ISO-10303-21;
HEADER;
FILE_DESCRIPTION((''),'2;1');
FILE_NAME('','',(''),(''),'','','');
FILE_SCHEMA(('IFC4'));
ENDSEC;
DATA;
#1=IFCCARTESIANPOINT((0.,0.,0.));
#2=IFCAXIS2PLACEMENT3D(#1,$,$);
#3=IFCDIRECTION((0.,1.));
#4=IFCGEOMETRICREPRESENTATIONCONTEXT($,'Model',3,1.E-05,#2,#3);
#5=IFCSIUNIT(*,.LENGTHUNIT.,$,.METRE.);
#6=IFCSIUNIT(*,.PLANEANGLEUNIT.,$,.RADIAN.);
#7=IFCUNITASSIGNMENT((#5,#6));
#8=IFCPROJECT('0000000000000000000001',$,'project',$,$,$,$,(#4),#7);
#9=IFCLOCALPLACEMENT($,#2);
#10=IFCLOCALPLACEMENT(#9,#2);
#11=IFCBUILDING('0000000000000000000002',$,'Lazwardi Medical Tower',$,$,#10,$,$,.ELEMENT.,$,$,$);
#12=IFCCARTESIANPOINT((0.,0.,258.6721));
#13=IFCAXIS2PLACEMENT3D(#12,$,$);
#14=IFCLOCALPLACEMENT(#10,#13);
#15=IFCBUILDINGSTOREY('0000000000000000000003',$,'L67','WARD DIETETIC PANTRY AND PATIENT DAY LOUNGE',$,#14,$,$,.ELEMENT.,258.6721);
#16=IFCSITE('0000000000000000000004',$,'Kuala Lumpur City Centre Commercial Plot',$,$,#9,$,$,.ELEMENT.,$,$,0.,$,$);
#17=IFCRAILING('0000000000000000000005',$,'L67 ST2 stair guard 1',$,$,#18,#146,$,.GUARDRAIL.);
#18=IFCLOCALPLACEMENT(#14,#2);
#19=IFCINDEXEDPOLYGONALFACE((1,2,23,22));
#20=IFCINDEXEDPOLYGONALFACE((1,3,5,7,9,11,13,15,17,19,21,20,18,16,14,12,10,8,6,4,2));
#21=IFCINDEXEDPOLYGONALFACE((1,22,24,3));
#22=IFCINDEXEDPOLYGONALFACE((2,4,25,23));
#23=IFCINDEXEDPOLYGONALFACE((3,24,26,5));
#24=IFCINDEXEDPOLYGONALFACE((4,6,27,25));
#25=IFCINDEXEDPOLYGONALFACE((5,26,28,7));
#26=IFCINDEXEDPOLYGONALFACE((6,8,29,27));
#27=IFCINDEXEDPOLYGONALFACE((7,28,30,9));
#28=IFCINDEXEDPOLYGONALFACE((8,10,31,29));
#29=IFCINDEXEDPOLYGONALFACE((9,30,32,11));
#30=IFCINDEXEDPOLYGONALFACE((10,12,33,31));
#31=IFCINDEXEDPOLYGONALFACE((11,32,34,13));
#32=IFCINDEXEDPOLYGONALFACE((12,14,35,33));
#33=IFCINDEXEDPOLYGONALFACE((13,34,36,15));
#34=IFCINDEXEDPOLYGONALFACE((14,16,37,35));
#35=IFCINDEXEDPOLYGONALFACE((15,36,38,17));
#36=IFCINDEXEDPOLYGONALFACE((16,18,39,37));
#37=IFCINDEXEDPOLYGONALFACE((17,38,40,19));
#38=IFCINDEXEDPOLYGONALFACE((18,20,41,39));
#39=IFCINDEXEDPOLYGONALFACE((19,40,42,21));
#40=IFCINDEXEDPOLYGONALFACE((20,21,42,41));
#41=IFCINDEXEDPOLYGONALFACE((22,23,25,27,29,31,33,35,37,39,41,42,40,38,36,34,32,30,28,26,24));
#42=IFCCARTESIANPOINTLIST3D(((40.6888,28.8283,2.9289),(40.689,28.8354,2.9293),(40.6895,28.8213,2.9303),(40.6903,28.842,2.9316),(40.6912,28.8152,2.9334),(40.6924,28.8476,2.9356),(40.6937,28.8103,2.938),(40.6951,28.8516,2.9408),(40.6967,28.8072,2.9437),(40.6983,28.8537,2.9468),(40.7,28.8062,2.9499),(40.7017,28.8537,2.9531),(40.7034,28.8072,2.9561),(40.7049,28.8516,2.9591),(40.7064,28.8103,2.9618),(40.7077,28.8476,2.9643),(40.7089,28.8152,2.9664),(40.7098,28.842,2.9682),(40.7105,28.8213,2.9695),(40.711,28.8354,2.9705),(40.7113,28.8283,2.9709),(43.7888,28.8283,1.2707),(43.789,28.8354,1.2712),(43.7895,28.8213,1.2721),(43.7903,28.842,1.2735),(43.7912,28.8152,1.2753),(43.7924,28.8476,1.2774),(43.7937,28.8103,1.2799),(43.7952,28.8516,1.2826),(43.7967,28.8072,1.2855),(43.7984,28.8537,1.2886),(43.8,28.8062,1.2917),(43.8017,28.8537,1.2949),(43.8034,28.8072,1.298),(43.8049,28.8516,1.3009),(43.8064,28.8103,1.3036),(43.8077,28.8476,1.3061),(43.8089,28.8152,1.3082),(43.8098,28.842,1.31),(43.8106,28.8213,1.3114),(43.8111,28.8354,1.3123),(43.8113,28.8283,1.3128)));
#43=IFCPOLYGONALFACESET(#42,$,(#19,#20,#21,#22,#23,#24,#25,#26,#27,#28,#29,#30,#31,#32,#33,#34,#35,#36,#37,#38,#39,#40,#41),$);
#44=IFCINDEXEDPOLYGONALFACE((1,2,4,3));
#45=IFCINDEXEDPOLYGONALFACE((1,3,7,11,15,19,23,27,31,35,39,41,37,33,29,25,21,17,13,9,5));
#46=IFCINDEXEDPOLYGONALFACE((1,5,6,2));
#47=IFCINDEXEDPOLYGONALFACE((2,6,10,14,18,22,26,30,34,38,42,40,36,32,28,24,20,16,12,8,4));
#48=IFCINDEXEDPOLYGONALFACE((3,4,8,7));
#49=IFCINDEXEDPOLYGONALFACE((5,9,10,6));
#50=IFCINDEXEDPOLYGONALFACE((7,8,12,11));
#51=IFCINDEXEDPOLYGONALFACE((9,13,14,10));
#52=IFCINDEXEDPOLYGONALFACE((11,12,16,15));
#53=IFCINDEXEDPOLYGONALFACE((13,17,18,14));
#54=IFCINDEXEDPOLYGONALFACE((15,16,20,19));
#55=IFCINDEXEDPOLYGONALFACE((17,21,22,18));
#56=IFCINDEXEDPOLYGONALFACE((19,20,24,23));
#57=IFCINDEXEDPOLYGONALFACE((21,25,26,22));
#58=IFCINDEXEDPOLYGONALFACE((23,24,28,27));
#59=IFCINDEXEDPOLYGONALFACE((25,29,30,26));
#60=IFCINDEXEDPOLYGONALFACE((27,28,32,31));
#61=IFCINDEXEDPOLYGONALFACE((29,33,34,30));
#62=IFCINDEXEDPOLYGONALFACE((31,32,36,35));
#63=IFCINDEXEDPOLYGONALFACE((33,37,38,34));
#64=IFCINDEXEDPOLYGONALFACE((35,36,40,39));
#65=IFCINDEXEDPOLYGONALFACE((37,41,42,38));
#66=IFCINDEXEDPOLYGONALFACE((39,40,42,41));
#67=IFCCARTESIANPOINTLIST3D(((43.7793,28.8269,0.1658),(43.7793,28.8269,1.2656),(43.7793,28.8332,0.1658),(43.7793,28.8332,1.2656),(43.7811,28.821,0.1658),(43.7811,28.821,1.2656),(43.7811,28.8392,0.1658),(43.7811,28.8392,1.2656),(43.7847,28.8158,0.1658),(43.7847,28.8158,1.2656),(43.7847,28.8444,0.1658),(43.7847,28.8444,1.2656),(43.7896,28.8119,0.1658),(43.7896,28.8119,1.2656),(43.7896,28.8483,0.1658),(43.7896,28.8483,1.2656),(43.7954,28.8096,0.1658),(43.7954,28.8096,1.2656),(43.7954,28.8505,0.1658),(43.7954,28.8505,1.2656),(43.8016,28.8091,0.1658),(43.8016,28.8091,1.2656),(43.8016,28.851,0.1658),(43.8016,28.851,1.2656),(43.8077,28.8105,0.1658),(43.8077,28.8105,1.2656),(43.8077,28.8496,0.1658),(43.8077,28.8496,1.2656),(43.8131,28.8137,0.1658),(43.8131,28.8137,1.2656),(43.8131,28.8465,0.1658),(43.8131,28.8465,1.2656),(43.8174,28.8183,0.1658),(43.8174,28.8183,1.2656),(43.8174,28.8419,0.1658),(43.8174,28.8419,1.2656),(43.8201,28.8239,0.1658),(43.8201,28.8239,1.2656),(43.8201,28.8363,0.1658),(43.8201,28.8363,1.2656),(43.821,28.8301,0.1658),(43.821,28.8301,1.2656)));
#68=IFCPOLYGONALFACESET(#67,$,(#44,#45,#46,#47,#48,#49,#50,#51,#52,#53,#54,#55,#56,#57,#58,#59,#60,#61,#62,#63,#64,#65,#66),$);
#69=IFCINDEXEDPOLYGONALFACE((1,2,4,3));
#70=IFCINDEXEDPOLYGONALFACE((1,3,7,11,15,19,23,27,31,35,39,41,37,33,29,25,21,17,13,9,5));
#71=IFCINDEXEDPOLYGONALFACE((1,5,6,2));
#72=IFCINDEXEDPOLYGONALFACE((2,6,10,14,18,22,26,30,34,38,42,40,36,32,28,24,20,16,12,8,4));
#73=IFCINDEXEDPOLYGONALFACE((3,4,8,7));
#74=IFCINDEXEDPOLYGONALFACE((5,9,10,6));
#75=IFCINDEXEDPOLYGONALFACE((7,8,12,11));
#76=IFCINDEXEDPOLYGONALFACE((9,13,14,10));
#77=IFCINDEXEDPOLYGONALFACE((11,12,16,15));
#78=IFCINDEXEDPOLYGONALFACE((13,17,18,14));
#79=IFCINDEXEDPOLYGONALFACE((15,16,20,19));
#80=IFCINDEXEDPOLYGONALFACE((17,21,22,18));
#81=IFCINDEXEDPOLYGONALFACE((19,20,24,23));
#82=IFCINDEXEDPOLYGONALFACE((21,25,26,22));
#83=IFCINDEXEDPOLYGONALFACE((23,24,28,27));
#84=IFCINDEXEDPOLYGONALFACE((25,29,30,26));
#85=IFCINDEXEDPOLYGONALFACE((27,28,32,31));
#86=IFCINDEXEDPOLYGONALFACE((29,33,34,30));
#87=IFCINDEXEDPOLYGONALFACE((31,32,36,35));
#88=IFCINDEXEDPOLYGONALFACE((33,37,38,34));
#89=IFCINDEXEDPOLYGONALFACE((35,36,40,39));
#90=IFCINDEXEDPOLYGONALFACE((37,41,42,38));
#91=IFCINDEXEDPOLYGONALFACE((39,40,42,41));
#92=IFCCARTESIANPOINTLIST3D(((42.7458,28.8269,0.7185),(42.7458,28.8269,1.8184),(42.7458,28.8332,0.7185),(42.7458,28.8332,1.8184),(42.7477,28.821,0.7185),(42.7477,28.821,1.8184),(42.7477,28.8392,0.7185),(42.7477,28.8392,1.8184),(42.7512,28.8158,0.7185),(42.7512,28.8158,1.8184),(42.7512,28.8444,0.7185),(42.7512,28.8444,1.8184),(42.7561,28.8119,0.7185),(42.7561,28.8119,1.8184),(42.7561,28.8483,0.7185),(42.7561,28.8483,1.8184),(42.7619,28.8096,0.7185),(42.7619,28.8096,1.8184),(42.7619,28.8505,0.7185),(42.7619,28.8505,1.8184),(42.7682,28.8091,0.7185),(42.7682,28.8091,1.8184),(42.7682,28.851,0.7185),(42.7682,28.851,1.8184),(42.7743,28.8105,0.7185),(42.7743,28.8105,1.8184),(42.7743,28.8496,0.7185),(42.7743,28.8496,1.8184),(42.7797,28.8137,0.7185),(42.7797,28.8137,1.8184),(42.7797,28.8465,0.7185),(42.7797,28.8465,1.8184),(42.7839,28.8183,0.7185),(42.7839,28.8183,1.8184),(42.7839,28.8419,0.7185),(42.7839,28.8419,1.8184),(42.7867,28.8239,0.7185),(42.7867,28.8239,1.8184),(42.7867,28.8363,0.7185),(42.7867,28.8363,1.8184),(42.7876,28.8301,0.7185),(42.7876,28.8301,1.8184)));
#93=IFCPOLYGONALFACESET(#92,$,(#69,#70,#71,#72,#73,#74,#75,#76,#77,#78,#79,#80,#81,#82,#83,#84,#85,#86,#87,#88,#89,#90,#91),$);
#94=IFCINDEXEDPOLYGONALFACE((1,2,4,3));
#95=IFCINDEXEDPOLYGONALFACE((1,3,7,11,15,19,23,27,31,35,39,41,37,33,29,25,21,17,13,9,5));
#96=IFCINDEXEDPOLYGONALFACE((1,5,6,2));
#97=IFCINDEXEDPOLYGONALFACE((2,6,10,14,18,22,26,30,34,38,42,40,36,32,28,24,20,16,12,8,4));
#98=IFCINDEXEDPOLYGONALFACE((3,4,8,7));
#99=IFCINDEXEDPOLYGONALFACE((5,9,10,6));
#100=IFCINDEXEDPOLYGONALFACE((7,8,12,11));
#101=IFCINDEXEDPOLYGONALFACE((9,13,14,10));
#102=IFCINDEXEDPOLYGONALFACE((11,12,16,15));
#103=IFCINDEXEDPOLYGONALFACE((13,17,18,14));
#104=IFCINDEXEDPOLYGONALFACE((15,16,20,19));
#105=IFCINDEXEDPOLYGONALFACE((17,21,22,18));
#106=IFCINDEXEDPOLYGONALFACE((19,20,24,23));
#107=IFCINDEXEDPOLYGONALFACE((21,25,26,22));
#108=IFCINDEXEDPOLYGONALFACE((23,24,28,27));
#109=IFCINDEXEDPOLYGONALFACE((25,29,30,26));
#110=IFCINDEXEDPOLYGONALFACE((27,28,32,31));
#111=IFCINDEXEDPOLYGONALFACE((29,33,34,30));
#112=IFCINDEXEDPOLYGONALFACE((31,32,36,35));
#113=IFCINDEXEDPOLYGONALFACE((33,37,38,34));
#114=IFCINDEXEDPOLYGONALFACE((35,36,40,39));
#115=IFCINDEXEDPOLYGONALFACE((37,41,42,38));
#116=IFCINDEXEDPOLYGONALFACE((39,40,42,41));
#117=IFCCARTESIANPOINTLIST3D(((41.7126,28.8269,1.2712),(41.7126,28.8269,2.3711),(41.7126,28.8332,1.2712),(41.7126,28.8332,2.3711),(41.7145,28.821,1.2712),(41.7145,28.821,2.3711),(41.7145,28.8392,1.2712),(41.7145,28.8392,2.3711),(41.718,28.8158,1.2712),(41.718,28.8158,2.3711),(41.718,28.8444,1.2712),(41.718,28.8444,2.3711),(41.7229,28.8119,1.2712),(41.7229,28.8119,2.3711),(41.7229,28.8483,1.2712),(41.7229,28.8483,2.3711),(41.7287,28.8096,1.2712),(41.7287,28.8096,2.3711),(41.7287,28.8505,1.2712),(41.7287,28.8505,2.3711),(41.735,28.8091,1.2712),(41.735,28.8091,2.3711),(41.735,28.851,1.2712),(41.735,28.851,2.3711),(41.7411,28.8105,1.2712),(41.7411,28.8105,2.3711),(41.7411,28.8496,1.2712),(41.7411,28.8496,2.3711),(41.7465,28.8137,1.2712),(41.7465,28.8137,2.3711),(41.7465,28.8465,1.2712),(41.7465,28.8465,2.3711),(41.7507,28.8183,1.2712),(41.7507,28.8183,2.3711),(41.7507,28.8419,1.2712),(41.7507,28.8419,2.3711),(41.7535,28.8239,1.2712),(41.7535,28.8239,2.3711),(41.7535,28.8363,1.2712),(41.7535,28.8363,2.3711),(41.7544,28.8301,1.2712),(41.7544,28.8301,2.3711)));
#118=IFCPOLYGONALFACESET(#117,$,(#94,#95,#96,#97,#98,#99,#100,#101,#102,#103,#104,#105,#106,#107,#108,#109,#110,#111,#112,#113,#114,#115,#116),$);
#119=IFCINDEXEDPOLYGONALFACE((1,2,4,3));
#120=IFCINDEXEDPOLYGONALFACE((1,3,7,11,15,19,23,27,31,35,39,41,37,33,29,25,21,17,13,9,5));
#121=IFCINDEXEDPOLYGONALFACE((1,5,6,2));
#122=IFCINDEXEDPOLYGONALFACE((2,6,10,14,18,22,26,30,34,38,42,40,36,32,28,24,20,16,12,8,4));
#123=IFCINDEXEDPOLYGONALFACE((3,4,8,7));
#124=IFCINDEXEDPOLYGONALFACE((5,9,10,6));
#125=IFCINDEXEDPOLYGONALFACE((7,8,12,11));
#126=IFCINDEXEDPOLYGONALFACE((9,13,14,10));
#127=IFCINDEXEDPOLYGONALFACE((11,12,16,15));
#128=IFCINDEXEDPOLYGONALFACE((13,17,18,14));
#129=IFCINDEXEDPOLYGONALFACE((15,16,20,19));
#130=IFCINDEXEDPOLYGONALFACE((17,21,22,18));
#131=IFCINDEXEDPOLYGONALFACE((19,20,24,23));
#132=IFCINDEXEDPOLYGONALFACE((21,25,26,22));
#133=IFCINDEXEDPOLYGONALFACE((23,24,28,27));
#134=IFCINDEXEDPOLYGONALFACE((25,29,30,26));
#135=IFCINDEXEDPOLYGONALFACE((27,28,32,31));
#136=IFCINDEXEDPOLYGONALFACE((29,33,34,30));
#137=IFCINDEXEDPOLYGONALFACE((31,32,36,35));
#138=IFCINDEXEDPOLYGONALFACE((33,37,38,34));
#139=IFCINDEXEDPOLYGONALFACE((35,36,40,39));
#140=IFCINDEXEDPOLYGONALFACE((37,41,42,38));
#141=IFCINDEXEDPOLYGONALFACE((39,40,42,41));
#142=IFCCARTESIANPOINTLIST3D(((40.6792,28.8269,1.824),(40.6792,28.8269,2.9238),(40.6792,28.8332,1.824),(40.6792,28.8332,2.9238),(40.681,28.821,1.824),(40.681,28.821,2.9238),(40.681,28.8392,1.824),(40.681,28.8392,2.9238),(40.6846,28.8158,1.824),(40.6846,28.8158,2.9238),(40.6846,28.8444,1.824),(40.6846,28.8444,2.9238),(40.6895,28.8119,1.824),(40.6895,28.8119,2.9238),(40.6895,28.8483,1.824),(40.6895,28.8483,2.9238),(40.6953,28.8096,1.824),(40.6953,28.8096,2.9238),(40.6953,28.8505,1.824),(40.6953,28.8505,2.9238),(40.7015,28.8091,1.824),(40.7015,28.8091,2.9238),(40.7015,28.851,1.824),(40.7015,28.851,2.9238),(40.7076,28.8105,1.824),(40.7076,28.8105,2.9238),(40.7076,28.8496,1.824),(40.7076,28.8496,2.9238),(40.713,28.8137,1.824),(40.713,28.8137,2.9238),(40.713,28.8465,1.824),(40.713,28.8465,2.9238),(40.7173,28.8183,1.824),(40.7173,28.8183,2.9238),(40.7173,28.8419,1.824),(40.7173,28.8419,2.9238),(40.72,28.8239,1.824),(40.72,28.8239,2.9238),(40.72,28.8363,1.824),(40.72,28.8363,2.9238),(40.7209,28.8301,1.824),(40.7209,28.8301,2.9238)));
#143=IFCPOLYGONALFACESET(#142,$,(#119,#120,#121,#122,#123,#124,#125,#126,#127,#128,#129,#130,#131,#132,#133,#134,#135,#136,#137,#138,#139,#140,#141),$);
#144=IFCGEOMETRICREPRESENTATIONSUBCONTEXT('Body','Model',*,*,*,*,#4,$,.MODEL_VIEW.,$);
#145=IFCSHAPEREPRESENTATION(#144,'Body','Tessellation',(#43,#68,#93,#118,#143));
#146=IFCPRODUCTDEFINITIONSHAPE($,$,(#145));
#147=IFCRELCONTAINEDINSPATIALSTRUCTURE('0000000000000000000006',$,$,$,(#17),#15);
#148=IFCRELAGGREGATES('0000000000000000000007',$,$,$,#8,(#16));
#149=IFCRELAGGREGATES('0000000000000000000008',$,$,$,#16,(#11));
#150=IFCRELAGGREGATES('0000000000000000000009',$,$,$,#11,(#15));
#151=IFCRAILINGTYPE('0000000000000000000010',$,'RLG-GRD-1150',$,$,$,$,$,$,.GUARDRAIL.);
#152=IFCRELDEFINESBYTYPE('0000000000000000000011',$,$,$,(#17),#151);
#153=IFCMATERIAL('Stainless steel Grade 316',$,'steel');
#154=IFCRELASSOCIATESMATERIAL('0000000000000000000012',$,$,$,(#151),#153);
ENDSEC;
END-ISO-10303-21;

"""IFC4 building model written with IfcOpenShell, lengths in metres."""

from ifc_helpers import new_model, si_unit, direction, frame, origin, origin_2d, place, context, subcontext, project, spatial, circle, extrude, material, type_object, element, save


model = new_model("IFC4")

# Units and contexts
model_context = context("Model", 3, precision=1e-05, world=origin(), true_north=direction((0.0, 1.0)))
body_context = subcontext(model_context, "Body", "Model", "MODEL_VIEW")
ifc_project = project(units=[si_unit("LENGTHUNIT", "METRE"), si_unit("PLANEANGLEUNIT", "RADIAN")], contexts=[model_context])

# Site, building, storey
site_placement = place(None, origin())
site = spatial("IfcSite", under=ifc_project, at=site_placement, Name="Kuala Lumpur City Centre Commercial Plot", CompositionType="ELEMENT", RefElevation=0.0)
building_placement = place(site_placement, origin())
building = spatial("IfcBuilding", under=site, at=building_placement, Name="Lazwardi Medical Tower", CompositionType="ELEMENT")
storey_placement = place(building_placement, frame((0.0, 0.0, 258.6721)))
storey = spatial("IfcBuildingStorey", under=building, at=storey_placement, Name="L67", Description="WARD DIETETIC PANTRY AND PATIENT DAY LOUNGE", CompositionType="ELEMENT", Elevation=258.6721)

# Railing
ifc_material_1 = material(Name="Stainless steel Grade 316", Category="steel")
railing_type_1 = type_object("IfcRailingType", Name="RLG-GRD-1150", PredefinedType="GUARDRAIL", material=ifc_material_1)
railing_1_placement = place(storey_placement, frame((43.8, 28.8301, 0.1658)))
element("IfcRailing", 1, at=railing_1_placement, inside=storey, type_object=railing_type_1, Name="L67 ST2 stair guard 1", PredefinedType="GUARDRAIL", context=body_context, shape_type="SweptSolid", body=[
    extrude(circle(Radius=0.0239, at=origin_2d()), frame((0.0, 0.0, 1.126), z_axis=(-0.881783, 0.0, 0.471655), x_axis=(0.0, -1.0, 0.0)), (0.0, 0.0, 1.0), 3.5156),
    extrude(circle(Radius=0.021, at=origin_2d()), origin(), (0.0, 0.0, 1.0), 1.0999),
    extrude(circle(Radius=0.021, at=origin_2d()), frame((-1.0334, 0.0, 0.5527)), (0.0, 0.0, 1.0), 1.0999),
    extrude(circle(Radius=0.021, at=origin_2d()), frame((-2.0667, 0.0, 1.1055)), (0.0, 0.0, 1.0), 1.0999),
    extrude(circle(Radius=0.021, at=origin_2d()), frame((-3.1001, 0.0, 1.6582)), (0.0, 0.0, 1.0), 1.0999),
])

save(model, "model.ifc")
